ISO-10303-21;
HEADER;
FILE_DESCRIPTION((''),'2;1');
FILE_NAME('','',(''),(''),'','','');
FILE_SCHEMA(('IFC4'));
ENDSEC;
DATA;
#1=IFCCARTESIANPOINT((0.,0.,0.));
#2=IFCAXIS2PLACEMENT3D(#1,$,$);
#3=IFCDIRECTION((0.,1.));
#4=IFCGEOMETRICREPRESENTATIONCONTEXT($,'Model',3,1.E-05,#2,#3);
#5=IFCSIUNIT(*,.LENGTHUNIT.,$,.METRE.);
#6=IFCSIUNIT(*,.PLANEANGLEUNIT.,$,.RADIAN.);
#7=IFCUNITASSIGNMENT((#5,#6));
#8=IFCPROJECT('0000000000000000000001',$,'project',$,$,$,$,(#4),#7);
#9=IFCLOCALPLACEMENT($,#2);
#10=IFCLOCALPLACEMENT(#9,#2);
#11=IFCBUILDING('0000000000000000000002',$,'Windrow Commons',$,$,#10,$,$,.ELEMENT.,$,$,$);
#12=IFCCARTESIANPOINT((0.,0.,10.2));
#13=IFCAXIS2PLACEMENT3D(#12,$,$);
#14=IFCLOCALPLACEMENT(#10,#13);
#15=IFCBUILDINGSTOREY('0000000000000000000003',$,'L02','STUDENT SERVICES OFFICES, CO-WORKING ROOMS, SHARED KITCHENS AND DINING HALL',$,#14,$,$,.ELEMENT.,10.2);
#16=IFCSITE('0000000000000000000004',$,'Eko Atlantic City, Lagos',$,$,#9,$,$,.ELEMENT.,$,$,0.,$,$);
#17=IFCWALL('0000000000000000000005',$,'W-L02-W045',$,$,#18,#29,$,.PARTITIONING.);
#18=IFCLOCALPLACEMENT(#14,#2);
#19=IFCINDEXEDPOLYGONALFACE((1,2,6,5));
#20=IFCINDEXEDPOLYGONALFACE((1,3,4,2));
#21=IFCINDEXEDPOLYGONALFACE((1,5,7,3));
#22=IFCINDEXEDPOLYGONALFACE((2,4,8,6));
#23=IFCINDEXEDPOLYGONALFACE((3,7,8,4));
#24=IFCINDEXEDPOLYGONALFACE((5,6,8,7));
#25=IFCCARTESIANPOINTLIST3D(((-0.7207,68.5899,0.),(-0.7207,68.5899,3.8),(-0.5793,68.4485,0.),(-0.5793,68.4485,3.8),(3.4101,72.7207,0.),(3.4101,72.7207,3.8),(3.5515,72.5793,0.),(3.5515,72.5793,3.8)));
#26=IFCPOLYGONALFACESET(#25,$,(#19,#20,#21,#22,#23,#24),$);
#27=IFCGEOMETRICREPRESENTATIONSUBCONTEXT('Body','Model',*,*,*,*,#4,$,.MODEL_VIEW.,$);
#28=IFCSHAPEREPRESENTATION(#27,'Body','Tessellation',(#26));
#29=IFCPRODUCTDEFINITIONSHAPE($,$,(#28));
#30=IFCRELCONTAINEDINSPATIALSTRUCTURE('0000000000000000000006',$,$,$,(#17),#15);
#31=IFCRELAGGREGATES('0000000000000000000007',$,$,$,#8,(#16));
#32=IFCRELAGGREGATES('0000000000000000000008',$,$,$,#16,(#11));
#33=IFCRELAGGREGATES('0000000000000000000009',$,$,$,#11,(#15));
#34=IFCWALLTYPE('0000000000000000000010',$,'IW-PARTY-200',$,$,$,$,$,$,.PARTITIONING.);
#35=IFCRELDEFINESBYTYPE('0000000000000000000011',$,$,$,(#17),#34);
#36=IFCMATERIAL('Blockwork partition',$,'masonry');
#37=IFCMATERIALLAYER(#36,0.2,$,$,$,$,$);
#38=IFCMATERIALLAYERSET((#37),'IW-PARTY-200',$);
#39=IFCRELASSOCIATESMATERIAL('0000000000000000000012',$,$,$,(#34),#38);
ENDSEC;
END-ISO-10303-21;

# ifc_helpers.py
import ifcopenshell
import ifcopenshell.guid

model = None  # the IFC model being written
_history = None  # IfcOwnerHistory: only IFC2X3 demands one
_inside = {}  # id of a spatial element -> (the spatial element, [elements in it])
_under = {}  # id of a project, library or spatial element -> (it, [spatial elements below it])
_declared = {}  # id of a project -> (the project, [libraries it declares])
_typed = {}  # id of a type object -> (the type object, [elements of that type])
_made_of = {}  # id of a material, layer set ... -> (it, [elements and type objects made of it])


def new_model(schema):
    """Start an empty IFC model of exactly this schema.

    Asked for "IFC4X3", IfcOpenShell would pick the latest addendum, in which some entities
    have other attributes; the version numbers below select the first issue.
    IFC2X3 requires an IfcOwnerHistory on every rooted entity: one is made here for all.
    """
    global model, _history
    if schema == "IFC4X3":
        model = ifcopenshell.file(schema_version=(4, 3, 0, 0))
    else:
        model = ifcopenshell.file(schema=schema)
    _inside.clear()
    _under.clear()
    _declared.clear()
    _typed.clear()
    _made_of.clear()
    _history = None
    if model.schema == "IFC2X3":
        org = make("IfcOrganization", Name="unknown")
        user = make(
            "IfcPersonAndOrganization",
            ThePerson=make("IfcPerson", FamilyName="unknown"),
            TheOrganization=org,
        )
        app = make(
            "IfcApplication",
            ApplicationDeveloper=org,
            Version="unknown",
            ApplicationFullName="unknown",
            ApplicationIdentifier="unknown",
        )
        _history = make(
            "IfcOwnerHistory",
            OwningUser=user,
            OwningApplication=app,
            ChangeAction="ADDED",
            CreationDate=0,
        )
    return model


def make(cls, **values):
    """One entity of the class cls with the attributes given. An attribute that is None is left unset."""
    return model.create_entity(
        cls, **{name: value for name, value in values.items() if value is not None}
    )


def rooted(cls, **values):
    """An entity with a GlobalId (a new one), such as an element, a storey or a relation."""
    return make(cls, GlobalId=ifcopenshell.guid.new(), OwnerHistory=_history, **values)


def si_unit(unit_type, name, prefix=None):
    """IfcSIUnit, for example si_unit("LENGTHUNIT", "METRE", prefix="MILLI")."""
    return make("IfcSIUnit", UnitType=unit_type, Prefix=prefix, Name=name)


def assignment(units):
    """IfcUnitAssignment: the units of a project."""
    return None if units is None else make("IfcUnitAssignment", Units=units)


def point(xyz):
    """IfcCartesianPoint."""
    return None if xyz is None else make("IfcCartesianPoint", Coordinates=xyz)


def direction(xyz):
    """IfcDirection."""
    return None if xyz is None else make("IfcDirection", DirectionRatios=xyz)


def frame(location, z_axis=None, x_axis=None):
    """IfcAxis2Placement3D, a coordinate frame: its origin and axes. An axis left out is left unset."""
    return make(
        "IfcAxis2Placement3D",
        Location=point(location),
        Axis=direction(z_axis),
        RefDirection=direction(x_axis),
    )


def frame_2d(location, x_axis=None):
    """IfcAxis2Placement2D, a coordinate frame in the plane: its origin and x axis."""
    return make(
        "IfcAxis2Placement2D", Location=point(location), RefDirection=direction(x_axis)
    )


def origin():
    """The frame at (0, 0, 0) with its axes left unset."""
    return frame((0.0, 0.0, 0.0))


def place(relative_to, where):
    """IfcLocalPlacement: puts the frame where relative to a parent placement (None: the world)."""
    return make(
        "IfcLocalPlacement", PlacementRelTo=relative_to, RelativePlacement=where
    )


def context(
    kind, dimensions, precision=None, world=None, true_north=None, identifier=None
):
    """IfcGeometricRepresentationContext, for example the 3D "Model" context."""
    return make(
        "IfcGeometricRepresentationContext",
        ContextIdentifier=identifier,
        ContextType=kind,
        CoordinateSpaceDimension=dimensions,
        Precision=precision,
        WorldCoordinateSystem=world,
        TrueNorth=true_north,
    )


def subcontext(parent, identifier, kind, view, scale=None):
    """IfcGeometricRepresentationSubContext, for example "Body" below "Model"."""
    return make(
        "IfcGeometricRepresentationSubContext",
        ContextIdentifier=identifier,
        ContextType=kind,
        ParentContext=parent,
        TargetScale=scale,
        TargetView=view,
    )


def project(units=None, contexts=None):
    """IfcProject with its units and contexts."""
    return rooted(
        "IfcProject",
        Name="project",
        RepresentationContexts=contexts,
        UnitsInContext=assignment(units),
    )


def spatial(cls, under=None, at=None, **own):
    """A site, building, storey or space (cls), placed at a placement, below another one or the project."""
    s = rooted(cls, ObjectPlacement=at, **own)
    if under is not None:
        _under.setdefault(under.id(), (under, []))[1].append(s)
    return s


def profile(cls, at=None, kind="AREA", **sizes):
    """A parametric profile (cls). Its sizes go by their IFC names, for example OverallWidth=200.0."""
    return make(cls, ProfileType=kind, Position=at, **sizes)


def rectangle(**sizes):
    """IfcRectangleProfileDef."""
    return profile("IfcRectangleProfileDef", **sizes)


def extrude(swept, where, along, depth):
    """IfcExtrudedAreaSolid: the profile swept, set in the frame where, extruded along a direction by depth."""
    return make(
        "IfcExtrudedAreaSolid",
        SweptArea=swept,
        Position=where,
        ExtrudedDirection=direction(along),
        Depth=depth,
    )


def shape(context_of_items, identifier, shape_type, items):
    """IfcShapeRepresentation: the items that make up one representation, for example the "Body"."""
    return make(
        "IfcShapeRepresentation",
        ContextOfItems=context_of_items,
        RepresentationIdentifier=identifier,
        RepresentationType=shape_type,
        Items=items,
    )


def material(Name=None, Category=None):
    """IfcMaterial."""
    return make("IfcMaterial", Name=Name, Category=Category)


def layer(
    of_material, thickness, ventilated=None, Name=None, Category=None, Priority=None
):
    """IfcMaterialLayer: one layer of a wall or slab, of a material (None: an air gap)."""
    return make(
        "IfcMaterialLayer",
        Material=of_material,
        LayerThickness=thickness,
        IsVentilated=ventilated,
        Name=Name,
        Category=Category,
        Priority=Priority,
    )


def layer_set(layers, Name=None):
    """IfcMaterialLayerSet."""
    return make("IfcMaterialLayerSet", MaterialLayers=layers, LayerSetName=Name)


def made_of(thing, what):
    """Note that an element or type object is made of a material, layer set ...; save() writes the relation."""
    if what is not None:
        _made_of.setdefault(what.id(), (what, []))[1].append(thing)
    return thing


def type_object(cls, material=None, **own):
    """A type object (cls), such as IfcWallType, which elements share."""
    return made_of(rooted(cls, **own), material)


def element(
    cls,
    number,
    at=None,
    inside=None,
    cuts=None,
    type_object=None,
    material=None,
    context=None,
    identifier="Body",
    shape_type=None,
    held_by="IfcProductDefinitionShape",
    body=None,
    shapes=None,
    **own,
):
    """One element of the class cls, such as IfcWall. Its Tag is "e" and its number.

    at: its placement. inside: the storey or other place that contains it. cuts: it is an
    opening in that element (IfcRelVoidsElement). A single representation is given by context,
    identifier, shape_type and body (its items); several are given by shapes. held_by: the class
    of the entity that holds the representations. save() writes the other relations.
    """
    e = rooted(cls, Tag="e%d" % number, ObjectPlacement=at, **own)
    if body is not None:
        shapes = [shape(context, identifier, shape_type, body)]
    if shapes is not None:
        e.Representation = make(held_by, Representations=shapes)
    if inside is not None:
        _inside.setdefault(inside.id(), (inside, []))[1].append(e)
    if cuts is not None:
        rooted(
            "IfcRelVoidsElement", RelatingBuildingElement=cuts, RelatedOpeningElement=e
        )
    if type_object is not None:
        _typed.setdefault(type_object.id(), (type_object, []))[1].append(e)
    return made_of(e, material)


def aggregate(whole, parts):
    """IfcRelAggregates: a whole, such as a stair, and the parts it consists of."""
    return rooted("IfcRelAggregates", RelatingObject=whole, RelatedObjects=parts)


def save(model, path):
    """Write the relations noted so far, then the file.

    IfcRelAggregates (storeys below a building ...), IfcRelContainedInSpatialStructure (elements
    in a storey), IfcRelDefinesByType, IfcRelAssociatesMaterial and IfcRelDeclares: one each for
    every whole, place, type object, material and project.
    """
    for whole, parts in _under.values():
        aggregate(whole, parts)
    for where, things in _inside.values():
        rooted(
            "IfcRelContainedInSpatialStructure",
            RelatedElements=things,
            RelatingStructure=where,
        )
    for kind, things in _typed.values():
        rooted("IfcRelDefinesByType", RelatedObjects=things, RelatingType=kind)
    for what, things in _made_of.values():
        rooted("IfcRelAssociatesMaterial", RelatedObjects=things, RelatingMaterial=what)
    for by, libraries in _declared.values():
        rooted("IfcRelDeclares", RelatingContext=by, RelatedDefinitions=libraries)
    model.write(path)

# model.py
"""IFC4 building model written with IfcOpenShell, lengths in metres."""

from ifc_helpers import new_model, si_unit, direction, frame, frame_2d, origin, place, context, subcontext, project, spatial, rectangle, extrude, material, layer, layer_set, type_object, element, save


model = new_model("IFC4")

# Units and contexts
model_context = context("Model", 3, precision=1e-05, world=origin(), true_north=direction((0.0, 1.0)))
body_context = subcontext(model_context, "Body", "Model", "MODEL_VIEW")
ifc_project = project(units=[si_unit("LENGTHUNIT", "METRE"), si_unit("PLANEANGLEUNIT", "RADIAN")], contexts=[model_context])

# Site, building, storey
site_placement = place(None, origin())
site = spatial("IfcSite", under=ifc_project, at=site_placement, Name="Eko Atlantic City, Lagos", CompositionType="ELEMENT", RefElevation=0.0)
building_placement = place(site_placement, origin())
building = spatial("IfcBuilding", under=site, at=building_placement, Name="Windrow Commons", CompositionType="ELEMENT")
storey_placement = place(building_placement, frame((0.0, 0.0, 10.2)))
storey = spatial("IfcBuildingStorey", under=building, at=storey_placement, Name="L02", Description="STUDENT SERVICES OFFICES, CO-WORKING ROOMS, SHARED KITCHENS AND DINING HALL", CompositionType="ELEMENT", Elevation=10.2)

# Wall
ifc_material_1 = material(Name="Blockwork partition", Category="masonry")
ifc_layer_1 = layer(ifc_material_1, 0.2)
ifc_layer_set_1 = layer_set([ifc_layer_1], Name="IW-PARTY-200")
wall_type_1 = type_object("IfcWallType", Name="IW-PARTY-200", PredefinedType="PARTITIONING", material=ifc_layer_set_1)
wall_1_placement = place(storey_placement, frame((-0.65, 68.5192, 0.0), z_axis=(0.0, 0.0, 1.0), x_axis=(0.707107, 0.707107, 0.0)))
element("IfcWall", 1, at=wall_1_placement, inside=storey, type_object=wall_type_1, Name="W-L02-W045", PredefinedType="PARTITIONING", context=body_context, shape_type="SweptSolid", body=[
    extrude(rectangle(XDim=5.8418, YDim=0.2, at=frame_2d((2.9209, 0.0))), origin(), (0.0, 0.0, 1.0), 3.8),
])

save(model, "model.ifc")
